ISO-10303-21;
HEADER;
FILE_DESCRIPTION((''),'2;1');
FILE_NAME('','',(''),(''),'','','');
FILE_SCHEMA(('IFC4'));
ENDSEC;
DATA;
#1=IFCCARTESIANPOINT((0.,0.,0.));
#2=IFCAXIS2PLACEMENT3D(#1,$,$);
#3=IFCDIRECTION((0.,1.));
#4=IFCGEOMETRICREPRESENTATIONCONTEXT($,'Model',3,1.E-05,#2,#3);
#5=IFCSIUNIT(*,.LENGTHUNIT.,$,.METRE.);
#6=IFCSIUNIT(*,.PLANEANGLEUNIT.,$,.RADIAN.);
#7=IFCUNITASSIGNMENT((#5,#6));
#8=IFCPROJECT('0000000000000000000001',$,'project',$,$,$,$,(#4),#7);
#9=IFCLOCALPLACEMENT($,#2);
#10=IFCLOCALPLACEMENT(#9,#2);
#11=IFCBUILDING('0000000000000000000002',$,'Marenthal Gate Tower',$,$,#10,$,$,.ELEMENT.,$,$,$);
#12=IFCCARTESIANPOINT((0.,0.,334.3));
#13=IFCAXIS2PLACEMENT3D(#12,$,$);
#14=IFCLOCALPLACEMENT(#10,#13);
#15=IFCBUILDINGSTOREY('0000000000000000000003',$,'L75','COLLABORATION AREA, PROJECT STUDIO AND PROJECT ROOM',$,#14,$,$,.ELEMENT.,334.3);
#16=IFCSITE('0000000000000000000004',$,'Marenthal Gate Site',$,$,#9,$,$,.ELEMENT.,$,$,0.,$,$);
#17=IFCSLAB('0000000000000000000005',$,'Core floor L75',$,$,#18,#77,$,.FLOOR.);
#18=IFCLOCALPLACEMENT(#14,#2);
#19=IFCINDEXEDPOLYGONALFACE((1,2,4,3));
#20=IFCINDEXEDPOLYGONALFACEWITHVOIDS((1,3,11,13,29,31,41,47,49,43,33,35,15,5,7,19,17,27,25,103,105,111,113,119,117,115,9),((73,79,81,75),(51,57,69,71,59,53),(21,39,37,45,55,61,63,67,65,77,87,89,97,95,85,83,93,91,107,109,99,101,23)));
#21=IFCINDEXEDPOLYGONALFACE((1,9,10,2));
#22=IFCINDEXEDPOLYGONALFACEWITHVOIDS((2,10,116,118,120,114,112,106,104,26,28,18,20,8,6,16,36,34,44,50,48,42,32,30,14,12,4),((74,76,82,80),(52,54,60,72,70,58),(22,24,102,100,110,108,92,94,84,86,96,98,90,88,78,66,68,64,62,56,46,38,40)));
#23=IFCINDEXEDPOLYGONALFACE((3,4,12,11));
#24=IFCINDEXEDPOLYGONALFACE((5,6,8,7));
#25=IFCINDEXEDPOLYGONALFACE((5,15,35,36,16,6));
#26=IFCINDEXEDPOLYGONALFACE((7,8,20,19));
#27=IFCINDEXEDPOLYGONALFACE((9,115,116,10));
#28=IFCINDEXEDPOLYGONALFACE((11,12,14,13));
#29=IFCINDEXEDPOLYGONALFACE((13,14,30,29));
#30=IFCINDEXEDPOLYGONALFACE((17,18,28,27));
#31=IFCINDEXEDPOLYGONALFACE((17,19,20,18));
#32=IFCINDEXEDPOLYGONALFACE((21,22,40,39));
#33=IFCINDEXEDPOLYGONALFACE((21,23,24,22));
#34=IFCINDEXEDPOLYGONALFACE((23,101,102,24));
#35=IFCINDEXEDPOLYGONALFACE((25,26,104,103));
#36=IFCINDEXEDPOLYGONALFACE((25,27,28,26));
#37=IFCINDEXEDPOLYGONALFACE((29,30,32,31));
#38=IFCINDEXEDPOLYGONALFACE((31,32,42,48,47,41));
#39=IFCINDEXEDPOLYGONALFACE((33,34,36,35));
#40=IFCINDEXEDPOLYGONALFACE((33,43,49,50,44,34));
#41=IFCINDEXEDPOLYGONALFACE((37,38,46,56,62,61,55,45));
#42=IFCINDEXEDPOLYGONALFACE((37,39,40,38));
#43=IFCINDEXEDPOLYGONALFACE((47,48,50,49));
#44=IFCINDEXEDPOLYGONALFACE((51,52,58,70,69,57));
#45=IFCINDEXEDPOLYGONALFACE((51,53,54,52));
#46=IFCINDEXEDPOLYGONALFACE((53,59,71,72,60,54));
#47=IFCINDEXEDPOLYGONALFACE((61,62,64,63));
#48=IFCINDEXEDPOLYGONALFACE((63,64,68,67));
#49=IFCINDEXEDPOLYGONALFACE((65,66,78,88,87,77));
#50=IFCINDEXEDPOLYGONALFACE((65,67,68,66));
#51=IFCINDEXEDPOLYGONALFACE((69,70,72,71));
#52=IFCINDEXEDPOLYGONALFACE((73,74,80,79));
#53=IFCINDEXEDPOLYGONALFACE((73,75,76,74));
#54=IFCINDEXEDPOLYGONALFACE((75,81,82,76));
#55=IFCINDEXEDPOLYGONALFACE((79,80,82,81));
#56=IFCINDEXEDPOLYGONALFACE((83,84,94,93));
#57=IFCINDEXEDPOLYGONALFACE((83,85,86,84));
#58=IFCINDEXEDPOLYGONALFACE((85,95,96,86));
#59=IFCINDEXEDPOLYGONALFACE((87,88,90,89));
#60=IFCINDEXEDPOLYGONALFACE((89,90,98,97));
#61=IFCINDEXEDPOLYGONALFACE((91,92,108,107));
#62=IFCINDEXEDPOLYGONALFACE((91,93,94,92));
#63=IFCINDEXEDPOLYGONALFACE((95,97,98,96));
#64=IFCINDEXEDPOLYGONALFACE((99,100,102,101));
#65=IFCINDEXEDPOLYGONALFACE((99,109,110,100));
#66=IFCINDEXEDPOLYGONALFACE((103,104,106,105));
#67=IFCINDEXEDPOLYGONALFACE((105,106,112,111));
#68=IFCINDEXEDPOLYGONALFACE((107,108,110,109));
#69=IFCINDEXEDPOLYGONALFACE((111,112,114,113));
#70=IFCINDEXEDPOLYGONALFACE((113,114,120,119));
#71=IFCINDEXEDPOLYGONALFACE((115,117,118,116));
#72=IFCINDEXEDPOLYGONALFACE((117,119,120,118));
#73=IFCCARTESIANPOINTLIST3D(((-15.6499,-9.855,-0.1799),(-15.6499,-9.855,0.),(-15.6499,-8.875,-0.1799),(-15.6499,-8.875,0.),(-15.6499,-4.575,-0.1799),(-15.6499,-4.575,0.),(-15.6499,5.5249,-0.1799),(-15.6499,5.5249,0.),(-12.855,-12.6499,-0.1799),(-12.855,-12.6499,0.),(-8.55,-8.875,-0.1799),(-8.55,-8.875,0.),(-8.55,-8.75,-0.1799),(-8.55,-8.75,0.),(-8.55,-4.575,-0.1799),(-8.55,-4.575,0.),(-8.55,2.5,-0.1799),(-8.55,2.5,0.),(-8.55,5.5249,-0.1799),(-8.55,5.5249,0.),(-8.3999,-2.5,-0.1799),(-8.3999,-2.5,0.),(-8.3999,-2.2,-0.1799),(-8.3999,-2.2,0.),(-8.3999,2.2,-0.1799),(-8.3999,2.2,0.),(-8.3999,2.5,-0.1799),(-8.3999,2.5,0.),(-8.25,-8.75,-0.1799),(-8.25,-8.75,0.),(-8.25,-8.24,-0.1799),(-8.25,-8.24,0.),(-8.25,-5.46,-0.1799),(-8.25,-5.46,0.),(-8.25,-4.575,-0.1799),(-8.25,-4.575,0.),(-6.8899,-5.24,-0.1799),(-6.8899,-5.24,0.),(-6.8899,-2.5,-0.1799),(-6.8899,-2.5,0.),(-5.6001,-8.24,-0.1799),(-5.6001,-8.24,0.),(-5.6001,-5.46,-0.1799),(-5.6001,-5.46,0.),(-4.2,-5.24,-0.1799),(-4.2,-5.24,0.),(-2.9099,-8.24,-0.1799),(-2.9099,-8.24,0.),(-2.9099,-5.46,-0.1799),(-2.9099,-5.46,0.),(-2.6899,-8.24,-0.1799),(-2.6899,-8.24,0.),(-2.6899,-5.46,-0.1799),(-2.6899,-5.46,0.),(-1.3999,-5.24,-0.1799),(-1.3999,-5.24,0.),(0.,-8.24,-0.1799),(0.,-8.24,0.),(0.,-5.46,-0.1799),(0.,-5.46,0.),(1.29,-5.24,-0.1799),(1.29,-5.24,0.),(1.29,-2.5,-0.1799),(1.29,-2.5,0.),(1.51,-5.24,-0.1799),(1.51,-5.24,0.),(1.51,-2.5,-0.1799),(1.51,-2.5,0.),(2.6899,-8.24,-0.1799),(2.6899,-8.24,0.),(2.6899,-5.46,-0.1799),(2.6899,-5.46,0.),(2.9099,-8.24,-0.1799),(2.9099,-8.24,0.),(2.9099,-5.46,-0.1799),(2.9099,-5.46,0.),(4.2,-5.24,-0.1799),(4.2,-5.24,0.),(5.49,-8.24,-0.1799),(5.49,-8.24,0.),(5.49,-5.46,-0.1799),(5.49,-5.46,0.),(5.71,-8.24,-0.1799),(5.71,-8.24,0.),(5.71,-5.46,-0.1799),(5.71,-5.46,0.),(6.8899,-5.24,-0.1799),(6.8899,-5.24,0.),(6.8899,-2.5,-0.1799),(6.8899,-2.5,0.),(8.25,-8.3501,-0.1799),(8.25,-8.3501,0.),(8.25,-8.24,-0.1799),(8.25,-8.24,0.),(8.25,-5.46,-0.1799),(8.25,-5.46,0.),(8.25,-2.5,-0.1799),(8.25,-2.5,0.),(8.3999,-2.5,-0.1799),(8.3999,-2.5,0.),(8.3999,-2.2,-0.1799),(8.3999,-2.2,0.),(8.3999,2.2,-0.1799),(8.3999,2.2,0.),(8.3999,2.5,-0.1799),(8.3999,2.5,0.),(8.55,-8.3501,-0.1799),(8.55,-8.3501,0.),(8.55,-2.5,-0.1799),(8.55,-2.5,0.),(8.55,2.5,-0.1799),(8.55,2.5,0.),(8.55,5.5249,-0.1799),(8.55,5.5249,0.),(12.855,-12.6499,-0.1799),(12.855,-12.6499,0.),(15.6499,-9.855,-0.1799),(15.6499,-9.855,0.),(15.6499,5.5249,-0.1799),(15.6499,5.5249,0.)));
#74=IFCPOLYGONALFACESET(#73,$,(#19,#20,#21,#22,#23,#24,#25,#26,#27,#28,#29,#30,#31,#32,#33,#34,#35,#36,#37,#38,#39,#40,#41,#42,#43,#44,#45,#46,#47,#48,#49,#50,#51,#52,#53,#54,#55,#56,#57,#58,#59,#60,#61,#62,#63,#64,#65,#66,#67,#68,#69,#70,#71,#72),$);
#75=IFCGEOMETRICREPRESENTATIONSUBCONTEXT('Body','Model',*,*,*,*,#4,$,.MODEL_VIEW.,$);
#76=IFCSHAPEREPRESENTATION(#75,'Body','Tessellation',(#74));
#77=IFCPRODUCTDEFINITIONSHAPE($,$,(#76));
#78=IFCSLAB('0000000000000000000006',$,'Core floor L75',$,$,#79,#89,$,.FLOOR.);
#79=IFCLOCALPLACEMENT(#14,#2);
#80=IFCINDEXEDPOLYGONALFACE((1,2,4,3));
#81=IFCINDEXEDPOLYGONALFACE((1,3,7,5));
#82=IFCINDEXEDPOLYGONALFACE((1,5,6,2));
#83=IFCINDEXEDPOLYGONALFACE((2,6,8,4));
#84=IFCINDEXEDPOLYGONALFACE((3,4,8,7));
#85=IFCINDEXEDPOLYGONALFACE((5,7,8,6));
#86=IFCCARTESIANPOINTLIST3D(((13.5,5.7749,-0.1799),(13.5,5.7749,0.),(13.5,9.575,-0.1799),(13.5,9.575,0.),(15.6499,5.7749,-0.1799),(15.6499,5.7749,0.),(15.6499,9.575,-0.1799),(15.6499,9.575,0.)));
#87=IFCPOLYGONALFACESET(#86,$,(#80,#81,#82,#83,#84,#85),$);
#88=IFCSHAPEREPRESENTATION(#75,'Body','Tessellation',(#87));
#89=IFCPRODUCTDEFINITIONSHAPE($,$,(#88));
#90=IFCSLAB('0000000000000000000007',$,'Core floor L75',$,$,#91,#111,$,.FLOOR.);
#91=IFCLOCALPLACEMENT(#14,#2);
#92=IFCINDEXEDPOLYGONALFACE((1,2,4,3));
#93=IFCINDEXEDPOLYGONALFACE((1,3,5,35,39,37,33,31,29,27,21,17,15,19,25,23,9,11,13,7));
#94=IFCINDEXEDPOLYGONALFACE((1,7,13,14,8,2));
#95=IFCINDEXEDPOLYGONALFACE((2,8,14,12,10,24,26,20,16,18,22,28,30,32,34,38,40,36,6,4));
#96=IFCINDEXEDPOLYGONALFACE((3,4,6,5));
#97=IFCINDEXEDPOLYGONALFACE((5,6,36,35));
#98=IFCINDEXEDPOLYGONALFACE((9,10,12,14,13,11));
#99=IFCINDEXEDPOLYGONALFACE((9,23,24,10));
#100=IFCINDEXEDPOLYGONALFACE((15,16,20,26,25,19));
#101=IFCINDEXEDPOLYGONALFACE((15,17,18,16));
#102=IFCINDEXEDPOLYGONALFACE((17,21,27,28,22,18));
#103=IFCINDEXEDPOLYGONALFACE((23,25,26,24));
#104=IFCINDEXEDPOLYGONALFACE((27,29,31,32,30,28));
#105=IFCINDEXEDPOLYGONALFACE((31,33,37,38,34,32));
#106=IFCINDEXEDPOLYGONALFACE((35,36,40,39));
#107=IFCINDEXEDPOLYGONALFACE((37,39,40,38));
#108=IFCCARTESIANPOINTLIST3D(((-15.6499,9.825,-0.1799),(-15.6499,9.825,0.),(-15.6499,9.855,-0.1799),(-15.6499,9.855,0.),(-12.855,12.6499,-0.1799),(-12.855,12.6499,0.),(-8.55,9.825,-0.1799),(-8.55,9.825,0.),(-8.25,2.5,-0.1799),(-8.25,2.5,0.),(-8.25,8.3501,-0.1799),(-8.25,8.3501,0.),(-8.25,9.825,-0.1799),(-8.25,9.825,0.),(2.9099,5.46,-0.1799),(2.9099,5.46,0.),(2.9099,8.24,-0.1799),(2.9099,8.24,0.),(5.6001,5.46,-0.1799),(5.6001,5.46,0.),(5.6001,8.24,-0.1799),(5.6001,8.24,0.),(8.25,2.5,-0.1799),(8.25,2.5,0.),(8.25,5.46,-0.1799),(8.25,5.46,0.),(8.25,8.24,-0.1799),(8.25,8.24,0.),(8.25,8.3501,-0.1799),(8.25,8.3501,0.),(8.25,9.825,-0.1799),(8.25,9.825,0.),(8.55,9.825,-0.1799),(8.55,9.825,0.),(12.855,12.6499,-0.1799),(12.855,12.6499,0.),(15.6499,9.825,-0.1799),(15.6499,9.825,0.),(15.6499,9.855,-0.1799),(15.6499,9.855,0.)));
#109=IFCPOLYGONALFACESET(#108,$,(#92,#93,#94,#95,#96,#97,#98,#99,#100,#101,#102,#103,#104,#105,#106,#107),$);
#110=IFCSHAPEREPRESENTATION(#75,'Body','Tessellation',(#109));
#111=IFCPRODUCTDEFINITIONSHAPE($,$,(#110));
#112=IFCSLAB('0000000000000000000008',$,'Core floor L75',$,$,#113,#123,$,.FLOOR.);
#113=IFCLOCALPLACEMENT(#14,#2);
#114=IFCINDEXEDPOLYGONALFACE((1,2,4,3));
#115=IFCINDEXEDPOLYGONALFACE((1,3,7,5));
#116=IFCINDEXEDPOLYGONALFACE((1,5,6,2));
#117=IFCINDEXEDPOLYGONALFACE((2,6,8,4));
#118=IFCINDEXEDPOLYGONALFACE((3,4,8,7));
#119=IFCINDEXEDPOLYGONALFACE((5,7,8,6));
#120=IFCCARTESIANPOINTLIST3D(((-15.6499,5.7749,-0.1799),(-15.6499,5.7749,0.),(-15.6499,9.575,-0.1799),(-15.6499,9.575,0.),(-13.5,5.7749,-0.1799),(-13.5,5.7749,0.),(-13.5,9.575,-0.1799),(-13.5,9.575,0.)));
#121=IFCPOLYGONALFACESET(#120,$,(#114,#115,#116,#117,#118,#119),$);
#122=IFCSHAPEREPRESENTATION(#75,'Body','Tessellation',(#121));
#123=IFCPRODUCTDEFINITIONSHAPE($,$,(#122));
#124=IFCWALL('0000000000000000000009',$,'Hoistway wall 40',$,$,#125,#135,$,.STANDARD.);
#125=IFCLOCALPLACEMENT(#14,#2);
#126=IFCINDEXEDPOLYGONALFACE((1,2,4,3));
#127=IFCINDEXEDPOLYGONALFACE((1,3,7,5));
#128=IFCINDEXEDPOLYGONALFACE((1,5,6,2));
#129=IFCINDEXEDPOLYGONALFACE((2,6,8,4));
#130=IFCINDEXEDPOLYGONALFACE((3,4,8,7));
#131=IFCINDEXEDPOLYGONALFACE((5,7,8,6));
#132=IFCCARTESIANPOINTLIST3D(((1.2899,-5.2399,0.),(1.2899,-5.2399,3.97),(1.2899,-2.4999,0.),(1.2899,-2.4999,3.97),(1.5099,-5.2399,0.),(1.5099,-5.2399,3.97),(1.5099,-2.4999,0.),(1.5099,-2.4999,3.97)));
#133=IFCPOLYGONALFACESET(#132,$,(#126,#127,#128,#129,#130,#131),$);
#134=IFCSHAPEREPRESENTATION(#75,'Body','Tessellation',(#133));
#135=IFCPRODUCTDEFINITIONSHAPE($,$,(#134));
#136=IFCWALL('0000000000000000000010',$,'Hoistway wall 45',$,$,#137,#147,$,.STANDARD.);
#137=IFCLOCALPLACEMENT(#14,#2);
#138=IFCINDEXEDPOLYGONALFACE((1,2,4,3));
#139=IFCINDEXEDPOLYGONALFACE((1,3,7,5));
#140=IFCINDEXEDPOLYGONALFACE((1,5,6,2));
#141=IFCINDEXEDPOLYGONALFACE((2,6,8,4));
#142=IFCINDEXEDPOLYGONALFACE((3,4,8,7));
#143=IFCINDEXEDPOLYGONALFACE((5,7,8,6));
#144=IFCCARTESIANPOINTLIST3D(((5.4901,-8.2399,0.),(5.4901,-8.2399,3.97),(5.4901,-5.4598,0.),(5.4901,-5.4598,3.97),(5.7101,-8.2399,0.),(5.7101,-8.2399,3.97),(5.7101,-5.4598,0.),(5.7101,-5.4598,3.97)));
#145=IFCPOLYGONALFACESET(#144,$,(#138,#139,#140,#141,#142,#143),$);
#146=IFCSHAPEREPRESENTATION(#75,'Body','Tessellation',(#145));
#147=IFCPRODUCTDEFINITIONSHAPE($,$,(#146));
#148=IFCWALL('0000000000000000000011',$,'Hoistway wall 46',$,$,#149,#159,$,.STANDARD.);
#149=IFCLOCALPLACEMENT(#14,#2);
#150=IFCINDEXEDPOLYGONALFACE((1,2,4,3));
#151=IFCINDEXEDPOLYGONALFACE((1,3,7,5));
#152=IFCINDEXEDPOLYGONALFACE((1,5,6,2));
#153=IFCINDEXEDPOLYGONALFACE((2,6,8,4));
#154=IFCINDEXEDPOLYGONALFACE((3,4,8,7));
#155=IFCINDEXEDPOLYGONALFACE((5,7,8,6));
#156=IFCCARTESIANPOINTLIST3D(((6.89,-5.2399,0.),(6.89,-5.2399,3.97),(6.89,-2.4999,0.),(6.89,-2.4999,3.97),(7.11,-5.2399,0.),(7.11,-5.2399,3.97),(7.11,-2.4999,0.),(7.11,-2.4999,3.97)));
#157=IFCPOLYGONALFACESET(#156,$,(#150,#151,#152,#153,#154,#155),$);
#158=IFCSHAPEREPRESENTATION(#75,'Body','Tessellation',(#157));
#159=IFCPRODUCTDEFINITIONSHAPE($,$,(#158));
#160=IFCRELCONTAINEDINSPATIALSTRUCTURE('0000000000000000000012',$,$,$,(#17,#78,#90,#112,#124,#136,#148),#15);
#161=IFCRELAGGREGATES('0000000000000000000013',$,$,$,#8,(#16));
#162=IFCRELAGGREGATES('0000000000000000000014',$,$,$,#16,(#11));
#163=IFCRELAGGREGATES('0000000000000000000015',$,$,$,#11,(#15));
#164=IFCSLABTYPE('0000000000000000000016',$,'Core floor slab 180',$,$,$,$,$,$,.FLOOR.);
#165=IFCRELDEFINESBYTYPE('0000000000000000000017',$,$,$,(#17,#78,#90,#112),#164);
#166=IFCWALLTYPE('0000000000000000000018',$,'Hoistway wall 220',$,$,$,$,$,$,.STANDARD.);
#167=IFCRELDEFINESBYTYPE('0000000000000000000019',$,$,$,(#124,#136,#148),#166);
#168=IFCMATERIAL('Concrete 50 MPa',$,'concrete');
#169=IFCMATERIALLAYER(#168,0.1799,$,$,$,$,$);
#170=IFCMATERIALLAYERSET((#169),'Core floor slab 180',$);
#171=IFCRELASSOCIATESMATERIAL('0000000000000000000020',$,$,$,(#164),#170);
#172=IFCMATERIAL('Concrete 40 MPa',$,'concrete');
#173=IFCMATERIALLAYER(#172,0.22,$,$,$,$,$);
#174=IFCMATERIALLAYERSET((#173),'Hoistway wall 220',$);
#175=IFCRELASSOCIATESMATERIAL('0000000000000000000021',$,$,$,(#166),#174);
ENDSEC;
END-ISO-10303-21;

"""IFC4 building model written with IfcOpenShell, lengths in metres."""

from ifc_helpers import new_model, si_unit, direction, frame, frame_2d, origin, place, context, subcontext, project, spatial, polyline, rectangle, outline, extrude, material, layer, layer_set, type_object, element, save


model = new_model("IFC4")

# Units and contexts
model_context = context("Model", 3, precision=1e-05, world=origin(), true_north=direction((0.0, 1.0)))
body_context = subcontext(model_context, "Body", "Model", "MODEL_VIEW")
ifc_project = project(units=[si_unit("LENGTHUNIT", "METRE"), si_unit("PLANEANGLEUNIT", "RADIAN")], contexts=[model_context])

# Site, building, storey
site_placement = place(None, origin())
site = spatial("IfcSite", under=ifc_project, at=site_placement, Name="Marenthal Gate Site", CompositionType="ELEMENT", RefElevation=0.0)
building_placement = place(site_placement, origin())
building = spatial("IfcBuilding", under=site, at=building_placement, Name="Marenthal Gate Tower", CompositionType="ELEMENT")
storey_placement = place(building_placement, frame((0.0, 0.0, 334.3)))
storey = spatial("IfcBuildingStorey", under=building, at=storey_placement, Name="L75", Description="COLLABORATION AREA, PROJECT STUDIO AND PROJECT ROOM", CompositionType="ELEMENT", Elevation=334.3)

# Slabs
ifc_material_1 = material(Name="Concrete 50 MPa", Category="concrete")
ifc_layer_1 = layer(ifc_material_1, 0.1799)
ifc_layer_set_1 = layer_set([ifc_layer_1], Name="Core floor slab 180")
slab_type_1 = type_object("IfcSlabType", Name="Core floor slab 180", PredefinedType="FLOOR", material=ifc_layer_set_1)
slab_1_placement = place(storey_placement, frame((0.0, 0.0, -0.1799)))
element("IfcSlab", 1, at=slab_1_placement, inside=storey, type_object=slab_type_1, Name="Core floor L75", PredefinedType="FLOOR", context=body_context, shape_type="SweptSolid", body=[
    extrude(outline(polyline([(12.855, -12.6499), (-12.855, -12.6499), (-15.6499, -9.855), (-15.6499, -8.875), (-8.55, -8.875), (-8.55, -8.75), (-8.25, -8.75), (-8.25, -8.24), (-5.6001, -8.24), (-2.9099, -8.24), (-2.9099, -5.46), (-5.6001, -5.46), (-8.25, -5.46), (-8.25, -4.575), (-8.55, -4.575), (-15.6499, -4.575), (-15.6499, 5.5249), (-8.55, 5.5249), (-8.55, 2.5), (-8.3999, 2.5), (-8.3999, 2.2), (8.3999, 2.2), (8.3999, 2.5), (8.55, 2.5), (8.55, 5.5249), (15.6499, 5.5249), (15.6499, -9.855), (12.855, -12.6499)]), holes=[polyline([(0.0, -8.24), (2.6899, -8.24), (2.6899, -5.46), (0.0, -5.46), (-2.6899, -5.46), (-2.6899, -8.24), (0.0, -8.24)]), polyline([(1.29, -5.24), (1.29, -2.5), (1.51, -2.5), (1.51, -5.24), (4.2, -5.24), (6.8899, -5.24), (6.8899, -2.5), (8.25, -2.5), (8.25, -5.46), (5.71, -5.46), (5.71, -8.24), (8.25, -8.24), (8.25, -8.3501), (8.55, -8.3501), (8.55, -2.5), (8.3999, -2.5), (8.3999, -2.2), (-8.3999, -2.2), (-8.3999, -2.5), (-6.8899, -2.5), (-6.8899, -5.24), (-4.2, -5.24), (-1.3999, -5.24), (1.29, -5.24)]), polyline([(5.49, -5.46), (2.9099, -5.46), (2.9099, -8.24), (5.49, -8.24), (5.49, -5.46)])]), origin(), (0.0, 0.0, 1.0), 0.1799),
])
slab_2_placement = place(storey_placement, frame((0.0, 0.0, -0.1799)))
element("IfcSlab", 2, at=slab_2_placement, inside=storey, type_object=slab_type_1, Name="Core floor L75", PredefinedType="FLOOR", context=body_context, shape_type="SweptSolid", body=[
    extrude(outline(polyline([(15.6499, 5.7749), (13.5, 5.7749), (13.5, 9.575), (15.6499, 9.575), (15.6499, 5.7749)])), origin(), (0.0, 0.0, 1.0), 0.1799),
])
slab_3_placement = place(storey_placement, frame((0.0, 0.0, -0.1799)))
element("IfcSlab", 3, at=slab_3_placement, inside=storey, type_object=slab_type_1, Name="Core floor L75", PredefinedType="FLOOR", context=body_context, shape_type="SweptSolid", body=[
    extrude(outline(polyline([(15.6499, 9.825), (8.55, 9.825), (8.25, 9.825), (8.25, 8.3501), (8.25, 8.24), (5.6001, 8.24), (2.9099, 8.24), (2.9099, 5.46), (5.6001, 5.46), (8.25, 5.46), (8.25, 2.5), (-8.25, 2.5), (-8.25, 8.3501), (-8.25, 9.825), (-8.55, 9.825), (-15.6499, 9.825), (-15.6499, 9.855), (-12.855, 12.6499), (12.855, 12.6499), (15.6499, 9.855), (15.6499, 9.825)])), origin(), (0.0, 0.0, 1.0), 0.1799),
])
slab_4_placement = place(storey_placement, frame((0.0, 0.0, -0.1799)))
element("IfcSlab", 4, at=slab_4_placement, inside=storey, type_object=slab_type_1, Name="Core floor L75", PredefinedType="FLOOR", context=body_context, shape_type="SweptSolid", body=[
    extrude(outline(polyline([(-15.6499, 9.575), (-13.5, 9.575), (-13.5, 5.7749), (-15.6499, 5.7749), (-15.6499, 9.575)])), origin(), (0.0, 0.0, 1.0), 0.1799),
])

# Walls
ifc_material_2 = material(Name="Concrete 40 MPa", Category="concrete")
ifc_layer_2 = layer(ifc_material_2, 0.22)
ifc_layer_set_2 = layer_set([ifc_layer_2], Name="Hoistway wall 220")
wall_type_1 = type_object("IfcWallType", Name="Hoistway wall 220", PredefinedType="STANDARD", material=ifc_layer_set_2)
wall_1_placement = place(storey_placement, frame((1.3999, -5.24, 0.0), z_axis=(0.0, 0.0, 1.0), x_axis=(0.0, 1.0, 0.0)))
element("IfcWall", 5, at=wall_1_placement, inside=storey, type_object=wall_type_1, Name="Hoistway wall 40", PredefinedType="STANDARD", context=body_context, shape_type="SweptSolid", body=[
    extrude(rectangle(XDim=2.74, YDim=0.22, at=frame_2d((1.3701, 0.0))), origin(), (0.0, 0.0, 1.0), 3.97),
])
wall_2_placement = place(storey_placement, frame((5.6001, -8.24, 0.0), z_axis=(0.0, 0.0, 1.0), x_axis=(0.0, 1.0, 0.0)))
element("IfcWall", 6, at=wall_2_placement, inside=storey, type_object=wall_type_1, Name="Hoistway wall 45", PredefinedType="STANDARD", context=body_context, shape_type="SweptSolid", body=[
    extrude(rectangle(XDim=2.78, YDim=0.22, at=frame_2d((1.3901, 0.0))), origin(), (0.0, 0.0, 1.0), 3.97),
])
wall_3_placement = place(storey_placement, frame((7.0, -5.24, 0.0), z_axis=(0.0, 0.0, 1.0), x_axis=(0.0, 1.0, 0.0)))
element("IfcWall", 7, at=wall_3_placement, inside=storey, type_object=wall_type_1, Name="Hoistway wall 46", PredefinedType="STANDARD", context=body_context, shape_type="SweptSolid", body=[
    extrude(rectangle(XDim=2.74, YDim=0.22, at=frame_2d((1.3701, 0.0))), origin(), (0.0, 0.0, 1.0), 3.97),
])

save(model, "model.ifc")
